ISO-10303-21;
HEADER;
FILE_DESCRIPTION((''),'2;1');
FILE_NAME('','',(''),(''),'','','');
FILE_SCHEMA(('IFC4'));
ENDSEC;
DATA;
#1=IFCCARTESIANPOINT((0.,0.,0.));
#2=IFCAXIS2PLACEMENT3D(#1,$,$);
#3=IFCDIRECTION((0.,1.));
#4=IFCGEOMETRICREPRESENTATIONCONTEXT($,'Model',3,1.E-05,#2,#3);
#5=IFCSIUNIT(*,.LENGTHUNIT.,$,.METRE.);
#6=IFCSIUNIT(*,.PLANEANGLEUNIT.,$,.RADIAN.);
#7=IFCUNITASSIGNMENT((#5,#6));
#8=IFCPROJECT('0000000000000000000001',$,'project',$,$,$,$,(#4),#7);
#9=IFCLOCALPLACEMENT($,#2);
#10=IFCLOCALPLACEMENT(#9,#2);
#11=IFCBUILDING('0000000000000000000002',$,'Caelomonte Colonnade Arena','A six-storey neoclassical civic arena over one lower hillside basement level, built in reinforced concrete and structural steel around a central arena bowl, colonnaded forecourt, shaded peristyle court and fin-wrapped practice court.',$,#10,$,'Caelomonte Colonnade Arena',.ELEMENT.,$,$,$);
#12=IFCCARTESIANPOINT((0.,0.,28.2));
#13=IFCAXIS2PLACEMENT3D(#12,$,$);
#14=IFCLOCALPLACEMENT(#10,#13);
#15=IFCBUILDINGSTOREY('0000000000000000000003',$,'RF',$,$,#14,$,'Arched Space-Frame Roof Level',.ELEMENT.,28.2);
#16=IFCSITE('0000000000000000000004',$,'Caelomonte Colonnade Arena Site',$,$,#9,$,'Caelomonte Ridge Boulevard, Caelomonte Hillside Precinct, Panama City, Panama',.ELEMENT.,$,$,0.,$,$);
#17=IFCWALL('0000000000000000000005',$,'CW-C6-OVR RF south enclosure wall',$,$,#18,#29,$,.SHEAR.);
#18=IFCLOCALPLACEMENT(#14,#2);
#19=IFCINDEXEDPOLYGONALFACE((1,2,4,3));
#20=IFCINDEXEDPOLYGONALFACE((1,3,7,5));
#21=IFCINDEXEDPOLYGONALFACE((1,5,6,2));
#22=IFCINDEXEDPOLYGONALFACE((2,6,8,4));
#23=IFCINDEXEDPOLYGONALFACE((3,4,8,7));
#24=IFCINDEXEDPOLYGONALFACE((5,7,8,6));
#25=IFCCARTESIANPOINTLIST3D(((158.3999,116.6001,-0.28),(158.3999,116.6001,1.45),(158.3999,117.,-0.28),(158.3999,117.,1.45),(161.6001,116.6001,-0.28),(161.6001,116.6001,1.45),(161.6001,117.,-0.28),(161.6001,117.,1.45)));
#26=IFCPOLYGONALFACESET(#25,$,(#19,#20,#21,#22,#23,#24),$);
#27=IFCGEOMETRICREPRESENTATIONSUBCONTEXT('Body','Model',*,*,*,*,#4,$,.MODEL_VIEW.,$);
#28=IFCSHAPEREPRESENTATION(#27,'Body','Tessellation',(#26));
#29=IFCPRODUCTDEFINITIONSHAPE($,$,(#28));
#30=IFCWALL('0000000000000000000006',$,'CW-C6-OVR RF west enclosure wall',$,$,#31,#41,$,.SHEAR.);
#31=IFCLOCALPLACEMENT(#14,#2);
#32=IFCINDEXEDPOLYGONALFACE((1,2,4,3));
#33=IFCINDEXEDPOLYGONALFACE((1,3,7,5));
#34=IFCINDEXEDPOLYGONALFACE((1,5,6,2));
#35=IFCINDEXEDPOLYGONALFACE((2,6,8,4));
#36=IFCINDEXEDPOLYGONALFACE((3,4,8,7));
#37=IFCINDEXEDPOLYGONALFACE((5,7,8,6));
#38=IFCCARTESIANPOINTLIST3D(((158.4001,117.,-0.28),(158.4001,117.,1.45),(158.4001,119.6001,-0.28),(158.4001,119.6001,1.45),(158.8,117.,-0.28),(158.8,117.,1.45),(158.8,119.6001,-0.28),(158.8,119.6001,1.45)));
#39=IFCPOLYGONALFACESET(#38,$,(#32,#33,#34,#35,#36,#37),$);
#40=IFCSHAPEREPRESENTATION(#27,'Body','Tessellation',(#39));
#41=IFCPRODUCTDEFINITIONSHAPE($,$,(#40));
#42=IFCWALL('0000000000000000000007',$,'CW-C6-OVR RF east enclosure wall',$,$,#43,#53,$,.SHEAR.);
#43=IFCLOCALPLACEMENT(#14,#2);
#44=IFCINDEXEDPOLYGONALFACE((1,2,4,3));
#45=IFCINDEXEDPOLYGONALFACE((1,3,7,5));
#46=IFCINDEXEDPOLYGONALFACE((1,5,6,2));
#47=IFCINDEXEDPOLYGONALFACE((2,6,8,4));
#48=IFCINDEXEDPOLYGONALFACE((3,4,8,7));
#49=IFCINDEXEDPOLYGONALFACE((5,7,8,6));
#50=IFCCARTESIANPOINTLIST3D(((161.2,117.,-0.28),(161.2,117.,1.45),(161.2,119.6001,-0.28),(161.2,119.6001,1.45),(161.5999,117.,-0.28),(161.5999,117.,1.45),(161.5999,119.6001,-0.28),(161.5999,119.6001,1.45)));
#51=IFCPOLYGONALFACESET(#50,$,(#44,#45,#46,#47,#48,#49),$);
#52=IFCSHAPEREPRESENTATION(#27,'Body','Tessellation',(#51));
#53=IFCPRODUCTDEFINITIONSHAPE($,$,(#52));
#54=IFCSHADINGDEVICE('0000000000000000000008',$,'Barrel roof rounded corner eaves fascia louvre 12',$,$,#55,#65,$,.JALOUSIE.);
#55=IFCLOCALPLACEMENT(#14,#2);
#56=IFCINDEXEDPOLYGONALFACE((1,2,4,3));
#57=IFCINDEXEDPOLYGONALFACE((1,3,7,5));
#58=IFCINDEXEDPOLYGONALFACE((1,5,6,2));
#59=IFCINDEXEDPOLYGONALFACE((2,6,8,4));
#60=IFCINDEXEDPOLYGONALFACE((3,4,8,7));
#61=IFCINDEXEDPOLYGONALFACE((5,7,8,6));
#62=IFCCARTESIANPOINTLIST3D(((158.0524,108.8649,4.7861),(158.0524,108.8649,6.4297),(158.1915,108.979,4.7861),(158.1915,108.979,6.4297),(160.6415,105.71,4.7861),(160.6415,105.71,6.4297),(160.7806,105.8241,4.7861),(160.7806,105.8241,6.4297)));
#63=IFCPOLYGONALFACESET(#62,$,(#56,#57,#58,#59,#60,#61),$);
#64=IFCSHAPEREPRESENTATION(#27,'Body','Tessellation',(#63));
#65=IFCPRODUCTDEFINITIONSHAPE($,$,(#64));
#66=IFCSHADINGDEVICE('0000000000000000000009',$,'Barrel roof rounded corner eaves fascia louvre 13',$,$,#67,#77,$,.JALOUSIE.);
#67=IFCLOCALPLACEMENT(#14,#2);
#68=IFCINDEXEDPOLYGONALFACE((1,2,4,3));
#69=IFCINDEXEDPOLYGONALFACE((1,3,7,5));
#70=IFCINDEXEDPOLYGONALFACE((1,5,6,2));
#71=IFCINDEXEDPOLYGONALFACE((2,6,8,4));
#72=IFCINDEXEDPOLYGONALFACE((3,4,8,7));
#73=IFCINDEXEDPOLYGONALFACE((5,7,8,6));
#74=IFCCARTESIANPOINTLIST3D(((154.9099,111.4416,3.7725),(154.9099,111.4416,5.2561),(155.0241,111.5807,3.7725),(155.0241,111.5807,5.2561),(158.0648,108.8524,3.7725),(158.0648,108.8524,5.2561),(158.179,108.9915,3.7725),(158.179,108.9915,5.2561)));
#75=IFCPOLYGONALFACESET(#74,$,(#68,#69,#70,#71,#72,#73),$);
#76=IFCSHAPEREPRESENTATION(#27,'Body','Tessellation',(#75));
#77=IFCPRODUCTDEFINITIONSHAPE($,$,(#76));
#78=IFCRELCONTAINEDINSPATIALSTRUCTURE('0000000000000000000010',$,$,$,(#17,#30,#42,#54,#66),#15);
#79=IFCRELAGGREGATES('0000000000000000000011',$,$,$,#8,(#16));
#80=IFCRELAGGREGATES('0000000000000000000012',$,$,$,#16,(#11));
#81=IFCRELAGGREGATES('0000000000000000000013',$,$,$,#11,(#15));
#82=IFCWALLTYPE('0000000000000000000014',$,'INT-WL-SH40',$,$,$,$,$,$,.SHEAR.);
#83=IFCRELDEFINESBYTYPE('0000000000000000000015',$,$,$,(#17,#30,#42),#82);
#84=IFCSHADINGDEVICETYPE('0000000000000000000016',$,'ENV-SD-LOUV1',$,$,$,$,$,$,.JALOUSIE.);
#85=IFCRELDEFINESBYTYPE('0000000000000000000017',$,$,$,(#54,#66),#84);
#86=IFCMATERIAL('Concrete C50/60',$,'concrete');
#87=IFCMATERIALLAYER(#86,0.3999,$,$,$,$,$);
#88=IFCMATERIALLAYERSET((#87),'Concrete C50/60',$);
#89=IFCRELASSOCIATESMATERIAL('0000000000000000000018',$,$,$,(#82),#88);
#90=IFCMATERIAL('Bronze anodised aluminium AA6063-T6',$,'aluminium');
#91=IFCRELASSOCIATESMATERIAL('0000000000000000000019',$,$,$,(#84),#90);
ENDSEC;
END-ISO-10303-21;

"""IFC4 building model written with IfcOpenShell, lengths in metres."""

from ifc_helpers import new_model, si_unit, direction, frame, frame_2d, origin, origin_2d, place, context, subcontext, project, spatial, rectangle, extrude, material, layer, layer_set, type_object, element, save


model = new_model("IFC4")

# Units and contexts
model_context = context("Model", 3, precision=1e-05, world=origin(), true_north=direction((0.0, 1.0)))
body_context = subcontext(model_context, "Body", "Model", "MODEL_VIEW")
ifc_project = project(units=[si_unit("LENGTHUNIT", "METRE"), si_unit("PLANEANGLEUNIT", "RADIAN")], contexts=[model_context])

# Site, building, storey
site_placement = place(None, origin())
site = spatial("IfcSite", under=ifc_project, at=site_placement, Name="Caelomonte Colonnade Arena Site", LongName="Caelomonte Ridge Boulevard, Caelomonte Hillside Precinct, Panama City, Panama", CompositionType="ELEMENT", RefElevation=0.0)
building_placement = place(site_placement, origin())
building = spatial("IfcBuilding", under=site, at=building_placement, Name="Caelomonte Colonnade Arena", Description="A six-storey neoclassical civic arena over one lower hillside basement level, built in reinforced concrete and structural steel around a central arena bowl, colonnaded forecourt, shaded peristyle court and fin-wrapped practice court.", LongName="Caelomonte Colonnade Arena", CompositionType="ELEMENT")
storey_placement = place(building_placement, frame((0.0, 0.0, 28.2)))
storey = spatial("IfcBuildingStorey", under=building, at=storey_placement, Name="RF", LongName="Arched Space-Frame Roof Level", CompositionType="ELEMENT", Elevation=28.2)

# Shared definitions
ifc_material_1 = material(Name="Bronze anodised aluminium AA6063-T6", Category="aluminium")

# Walls
ifc_material_2 = material(Name="Concrete C50/60", Category="concrete")
ifc_layer_1 = layer(ifc_material_2, 0.3999)
ifc_layer_set_1 = layer_set([ifc_layer_1], Name="Concrete C50/60")
wall_type_1 = type_object("IfcWallType", Name="INT-WL-SH40", PredefinedType="SHEAR", material=ifc_layer_set_1)
wall_1_placement = place(storey_placement, frame((158.3999, 116.8, -0.28), z_axis=(0.0, 0.0, 1.0), x_axis=(1.0, 0.0, 0.0)))
element("IfcWall", 1, at=wall_1_placement, inside=storey, type_object=wall_type_1, Name="CW-C6-OVR RF south enclosure wall", PredefinedType="SHEAR", context=body_context, shape_type="SweptSolid", body=[
    extrude(rectangle(XDim=3.2002, YDim=0.3999, at=frame_2d((1.6001, 0.0))), origin(), (0.0, 0.0, 1.0), 1.73),
])
for number, where, z_axis, x_axis, name in (
    (2, (158.6001, 119.6001, -0.28), (0.0, 0.0, 1.0), (0.0, -1.0, 0.0), "CW-C6-OVR RF west enclosure wall"),
    (3, (161.3999, 117.0, -0.28), (0.0, 0.0, 1.0), (0.0, 1.0, 0.0), "CW-C6-OVR RF east enclosure wall"),
):
    element("IfcWall", number, at=place(storey_placement, frame(where, z_axis=z_axis, x_axis=x_axis)), inside=storey, type_object=wall_type_1, Name=name, PredefinedType="SHEAR", context=body_context, shape_type="SweptSolid", body=[
        extrude(rectangle(XDim=2.6001, YDim=0.3999, at=frame_2d((1.3, 0.0))), origin(), (0.0, 0.0, 1.0), 1.73),
    ])

# Shading devices
shading_device_type = type_object("IfcShadingDeviceType", Name="ENV-SD-LOUV1", PredefinedType="JALOUSIE", material=ifc_material_1)
shading_device_1_placement = place(storey_placement, frame((159.4165, 107.3445, 4.7861), z_axis=(0.0, 0.0, 1.0), x_axis=(-0.634387, 0.773016, 0.0)))
element("IfcShadingDevice", 4, at=shading_device_1_placement, inside=storey, type_object=shading_device_type, Name="Barrel roof rounded corner eaves fascia louvre 12", PredefinedType="JALOUSIE", context=body_context, shape_type="SweptSolid", body=[
    extrude(rectangle(XDim=4.0813, YDim=0.1799, at=origin_2d()), origin(), (0.0, 0.0, 1.0), 1.6436),
])
shading_device_2_placement = place(storey_placement, frame((156.5444, 110.2166, 3.7725), z_axis=(0.0, 0.0, 1.0), x_axis=(-0.773016, 0.634387, 0.0)))
element("IfcShadingDevice", 5, at=shading_device_2_placement, inside=storey, type_object=shading_device_type, Name="Barrel roof rounded corner eaves fascia louvre 13", PredefinedType="JALOUSIE", context=body_context, shape_type="SweptSolid", body=[
    extrude(rectangle(XDim=4.0813, YDim=0.1799, at=origin_2d()), origin(), (0.0, 0.0, 1.0), 1.4836),
])

save(model, "model.ifc")
